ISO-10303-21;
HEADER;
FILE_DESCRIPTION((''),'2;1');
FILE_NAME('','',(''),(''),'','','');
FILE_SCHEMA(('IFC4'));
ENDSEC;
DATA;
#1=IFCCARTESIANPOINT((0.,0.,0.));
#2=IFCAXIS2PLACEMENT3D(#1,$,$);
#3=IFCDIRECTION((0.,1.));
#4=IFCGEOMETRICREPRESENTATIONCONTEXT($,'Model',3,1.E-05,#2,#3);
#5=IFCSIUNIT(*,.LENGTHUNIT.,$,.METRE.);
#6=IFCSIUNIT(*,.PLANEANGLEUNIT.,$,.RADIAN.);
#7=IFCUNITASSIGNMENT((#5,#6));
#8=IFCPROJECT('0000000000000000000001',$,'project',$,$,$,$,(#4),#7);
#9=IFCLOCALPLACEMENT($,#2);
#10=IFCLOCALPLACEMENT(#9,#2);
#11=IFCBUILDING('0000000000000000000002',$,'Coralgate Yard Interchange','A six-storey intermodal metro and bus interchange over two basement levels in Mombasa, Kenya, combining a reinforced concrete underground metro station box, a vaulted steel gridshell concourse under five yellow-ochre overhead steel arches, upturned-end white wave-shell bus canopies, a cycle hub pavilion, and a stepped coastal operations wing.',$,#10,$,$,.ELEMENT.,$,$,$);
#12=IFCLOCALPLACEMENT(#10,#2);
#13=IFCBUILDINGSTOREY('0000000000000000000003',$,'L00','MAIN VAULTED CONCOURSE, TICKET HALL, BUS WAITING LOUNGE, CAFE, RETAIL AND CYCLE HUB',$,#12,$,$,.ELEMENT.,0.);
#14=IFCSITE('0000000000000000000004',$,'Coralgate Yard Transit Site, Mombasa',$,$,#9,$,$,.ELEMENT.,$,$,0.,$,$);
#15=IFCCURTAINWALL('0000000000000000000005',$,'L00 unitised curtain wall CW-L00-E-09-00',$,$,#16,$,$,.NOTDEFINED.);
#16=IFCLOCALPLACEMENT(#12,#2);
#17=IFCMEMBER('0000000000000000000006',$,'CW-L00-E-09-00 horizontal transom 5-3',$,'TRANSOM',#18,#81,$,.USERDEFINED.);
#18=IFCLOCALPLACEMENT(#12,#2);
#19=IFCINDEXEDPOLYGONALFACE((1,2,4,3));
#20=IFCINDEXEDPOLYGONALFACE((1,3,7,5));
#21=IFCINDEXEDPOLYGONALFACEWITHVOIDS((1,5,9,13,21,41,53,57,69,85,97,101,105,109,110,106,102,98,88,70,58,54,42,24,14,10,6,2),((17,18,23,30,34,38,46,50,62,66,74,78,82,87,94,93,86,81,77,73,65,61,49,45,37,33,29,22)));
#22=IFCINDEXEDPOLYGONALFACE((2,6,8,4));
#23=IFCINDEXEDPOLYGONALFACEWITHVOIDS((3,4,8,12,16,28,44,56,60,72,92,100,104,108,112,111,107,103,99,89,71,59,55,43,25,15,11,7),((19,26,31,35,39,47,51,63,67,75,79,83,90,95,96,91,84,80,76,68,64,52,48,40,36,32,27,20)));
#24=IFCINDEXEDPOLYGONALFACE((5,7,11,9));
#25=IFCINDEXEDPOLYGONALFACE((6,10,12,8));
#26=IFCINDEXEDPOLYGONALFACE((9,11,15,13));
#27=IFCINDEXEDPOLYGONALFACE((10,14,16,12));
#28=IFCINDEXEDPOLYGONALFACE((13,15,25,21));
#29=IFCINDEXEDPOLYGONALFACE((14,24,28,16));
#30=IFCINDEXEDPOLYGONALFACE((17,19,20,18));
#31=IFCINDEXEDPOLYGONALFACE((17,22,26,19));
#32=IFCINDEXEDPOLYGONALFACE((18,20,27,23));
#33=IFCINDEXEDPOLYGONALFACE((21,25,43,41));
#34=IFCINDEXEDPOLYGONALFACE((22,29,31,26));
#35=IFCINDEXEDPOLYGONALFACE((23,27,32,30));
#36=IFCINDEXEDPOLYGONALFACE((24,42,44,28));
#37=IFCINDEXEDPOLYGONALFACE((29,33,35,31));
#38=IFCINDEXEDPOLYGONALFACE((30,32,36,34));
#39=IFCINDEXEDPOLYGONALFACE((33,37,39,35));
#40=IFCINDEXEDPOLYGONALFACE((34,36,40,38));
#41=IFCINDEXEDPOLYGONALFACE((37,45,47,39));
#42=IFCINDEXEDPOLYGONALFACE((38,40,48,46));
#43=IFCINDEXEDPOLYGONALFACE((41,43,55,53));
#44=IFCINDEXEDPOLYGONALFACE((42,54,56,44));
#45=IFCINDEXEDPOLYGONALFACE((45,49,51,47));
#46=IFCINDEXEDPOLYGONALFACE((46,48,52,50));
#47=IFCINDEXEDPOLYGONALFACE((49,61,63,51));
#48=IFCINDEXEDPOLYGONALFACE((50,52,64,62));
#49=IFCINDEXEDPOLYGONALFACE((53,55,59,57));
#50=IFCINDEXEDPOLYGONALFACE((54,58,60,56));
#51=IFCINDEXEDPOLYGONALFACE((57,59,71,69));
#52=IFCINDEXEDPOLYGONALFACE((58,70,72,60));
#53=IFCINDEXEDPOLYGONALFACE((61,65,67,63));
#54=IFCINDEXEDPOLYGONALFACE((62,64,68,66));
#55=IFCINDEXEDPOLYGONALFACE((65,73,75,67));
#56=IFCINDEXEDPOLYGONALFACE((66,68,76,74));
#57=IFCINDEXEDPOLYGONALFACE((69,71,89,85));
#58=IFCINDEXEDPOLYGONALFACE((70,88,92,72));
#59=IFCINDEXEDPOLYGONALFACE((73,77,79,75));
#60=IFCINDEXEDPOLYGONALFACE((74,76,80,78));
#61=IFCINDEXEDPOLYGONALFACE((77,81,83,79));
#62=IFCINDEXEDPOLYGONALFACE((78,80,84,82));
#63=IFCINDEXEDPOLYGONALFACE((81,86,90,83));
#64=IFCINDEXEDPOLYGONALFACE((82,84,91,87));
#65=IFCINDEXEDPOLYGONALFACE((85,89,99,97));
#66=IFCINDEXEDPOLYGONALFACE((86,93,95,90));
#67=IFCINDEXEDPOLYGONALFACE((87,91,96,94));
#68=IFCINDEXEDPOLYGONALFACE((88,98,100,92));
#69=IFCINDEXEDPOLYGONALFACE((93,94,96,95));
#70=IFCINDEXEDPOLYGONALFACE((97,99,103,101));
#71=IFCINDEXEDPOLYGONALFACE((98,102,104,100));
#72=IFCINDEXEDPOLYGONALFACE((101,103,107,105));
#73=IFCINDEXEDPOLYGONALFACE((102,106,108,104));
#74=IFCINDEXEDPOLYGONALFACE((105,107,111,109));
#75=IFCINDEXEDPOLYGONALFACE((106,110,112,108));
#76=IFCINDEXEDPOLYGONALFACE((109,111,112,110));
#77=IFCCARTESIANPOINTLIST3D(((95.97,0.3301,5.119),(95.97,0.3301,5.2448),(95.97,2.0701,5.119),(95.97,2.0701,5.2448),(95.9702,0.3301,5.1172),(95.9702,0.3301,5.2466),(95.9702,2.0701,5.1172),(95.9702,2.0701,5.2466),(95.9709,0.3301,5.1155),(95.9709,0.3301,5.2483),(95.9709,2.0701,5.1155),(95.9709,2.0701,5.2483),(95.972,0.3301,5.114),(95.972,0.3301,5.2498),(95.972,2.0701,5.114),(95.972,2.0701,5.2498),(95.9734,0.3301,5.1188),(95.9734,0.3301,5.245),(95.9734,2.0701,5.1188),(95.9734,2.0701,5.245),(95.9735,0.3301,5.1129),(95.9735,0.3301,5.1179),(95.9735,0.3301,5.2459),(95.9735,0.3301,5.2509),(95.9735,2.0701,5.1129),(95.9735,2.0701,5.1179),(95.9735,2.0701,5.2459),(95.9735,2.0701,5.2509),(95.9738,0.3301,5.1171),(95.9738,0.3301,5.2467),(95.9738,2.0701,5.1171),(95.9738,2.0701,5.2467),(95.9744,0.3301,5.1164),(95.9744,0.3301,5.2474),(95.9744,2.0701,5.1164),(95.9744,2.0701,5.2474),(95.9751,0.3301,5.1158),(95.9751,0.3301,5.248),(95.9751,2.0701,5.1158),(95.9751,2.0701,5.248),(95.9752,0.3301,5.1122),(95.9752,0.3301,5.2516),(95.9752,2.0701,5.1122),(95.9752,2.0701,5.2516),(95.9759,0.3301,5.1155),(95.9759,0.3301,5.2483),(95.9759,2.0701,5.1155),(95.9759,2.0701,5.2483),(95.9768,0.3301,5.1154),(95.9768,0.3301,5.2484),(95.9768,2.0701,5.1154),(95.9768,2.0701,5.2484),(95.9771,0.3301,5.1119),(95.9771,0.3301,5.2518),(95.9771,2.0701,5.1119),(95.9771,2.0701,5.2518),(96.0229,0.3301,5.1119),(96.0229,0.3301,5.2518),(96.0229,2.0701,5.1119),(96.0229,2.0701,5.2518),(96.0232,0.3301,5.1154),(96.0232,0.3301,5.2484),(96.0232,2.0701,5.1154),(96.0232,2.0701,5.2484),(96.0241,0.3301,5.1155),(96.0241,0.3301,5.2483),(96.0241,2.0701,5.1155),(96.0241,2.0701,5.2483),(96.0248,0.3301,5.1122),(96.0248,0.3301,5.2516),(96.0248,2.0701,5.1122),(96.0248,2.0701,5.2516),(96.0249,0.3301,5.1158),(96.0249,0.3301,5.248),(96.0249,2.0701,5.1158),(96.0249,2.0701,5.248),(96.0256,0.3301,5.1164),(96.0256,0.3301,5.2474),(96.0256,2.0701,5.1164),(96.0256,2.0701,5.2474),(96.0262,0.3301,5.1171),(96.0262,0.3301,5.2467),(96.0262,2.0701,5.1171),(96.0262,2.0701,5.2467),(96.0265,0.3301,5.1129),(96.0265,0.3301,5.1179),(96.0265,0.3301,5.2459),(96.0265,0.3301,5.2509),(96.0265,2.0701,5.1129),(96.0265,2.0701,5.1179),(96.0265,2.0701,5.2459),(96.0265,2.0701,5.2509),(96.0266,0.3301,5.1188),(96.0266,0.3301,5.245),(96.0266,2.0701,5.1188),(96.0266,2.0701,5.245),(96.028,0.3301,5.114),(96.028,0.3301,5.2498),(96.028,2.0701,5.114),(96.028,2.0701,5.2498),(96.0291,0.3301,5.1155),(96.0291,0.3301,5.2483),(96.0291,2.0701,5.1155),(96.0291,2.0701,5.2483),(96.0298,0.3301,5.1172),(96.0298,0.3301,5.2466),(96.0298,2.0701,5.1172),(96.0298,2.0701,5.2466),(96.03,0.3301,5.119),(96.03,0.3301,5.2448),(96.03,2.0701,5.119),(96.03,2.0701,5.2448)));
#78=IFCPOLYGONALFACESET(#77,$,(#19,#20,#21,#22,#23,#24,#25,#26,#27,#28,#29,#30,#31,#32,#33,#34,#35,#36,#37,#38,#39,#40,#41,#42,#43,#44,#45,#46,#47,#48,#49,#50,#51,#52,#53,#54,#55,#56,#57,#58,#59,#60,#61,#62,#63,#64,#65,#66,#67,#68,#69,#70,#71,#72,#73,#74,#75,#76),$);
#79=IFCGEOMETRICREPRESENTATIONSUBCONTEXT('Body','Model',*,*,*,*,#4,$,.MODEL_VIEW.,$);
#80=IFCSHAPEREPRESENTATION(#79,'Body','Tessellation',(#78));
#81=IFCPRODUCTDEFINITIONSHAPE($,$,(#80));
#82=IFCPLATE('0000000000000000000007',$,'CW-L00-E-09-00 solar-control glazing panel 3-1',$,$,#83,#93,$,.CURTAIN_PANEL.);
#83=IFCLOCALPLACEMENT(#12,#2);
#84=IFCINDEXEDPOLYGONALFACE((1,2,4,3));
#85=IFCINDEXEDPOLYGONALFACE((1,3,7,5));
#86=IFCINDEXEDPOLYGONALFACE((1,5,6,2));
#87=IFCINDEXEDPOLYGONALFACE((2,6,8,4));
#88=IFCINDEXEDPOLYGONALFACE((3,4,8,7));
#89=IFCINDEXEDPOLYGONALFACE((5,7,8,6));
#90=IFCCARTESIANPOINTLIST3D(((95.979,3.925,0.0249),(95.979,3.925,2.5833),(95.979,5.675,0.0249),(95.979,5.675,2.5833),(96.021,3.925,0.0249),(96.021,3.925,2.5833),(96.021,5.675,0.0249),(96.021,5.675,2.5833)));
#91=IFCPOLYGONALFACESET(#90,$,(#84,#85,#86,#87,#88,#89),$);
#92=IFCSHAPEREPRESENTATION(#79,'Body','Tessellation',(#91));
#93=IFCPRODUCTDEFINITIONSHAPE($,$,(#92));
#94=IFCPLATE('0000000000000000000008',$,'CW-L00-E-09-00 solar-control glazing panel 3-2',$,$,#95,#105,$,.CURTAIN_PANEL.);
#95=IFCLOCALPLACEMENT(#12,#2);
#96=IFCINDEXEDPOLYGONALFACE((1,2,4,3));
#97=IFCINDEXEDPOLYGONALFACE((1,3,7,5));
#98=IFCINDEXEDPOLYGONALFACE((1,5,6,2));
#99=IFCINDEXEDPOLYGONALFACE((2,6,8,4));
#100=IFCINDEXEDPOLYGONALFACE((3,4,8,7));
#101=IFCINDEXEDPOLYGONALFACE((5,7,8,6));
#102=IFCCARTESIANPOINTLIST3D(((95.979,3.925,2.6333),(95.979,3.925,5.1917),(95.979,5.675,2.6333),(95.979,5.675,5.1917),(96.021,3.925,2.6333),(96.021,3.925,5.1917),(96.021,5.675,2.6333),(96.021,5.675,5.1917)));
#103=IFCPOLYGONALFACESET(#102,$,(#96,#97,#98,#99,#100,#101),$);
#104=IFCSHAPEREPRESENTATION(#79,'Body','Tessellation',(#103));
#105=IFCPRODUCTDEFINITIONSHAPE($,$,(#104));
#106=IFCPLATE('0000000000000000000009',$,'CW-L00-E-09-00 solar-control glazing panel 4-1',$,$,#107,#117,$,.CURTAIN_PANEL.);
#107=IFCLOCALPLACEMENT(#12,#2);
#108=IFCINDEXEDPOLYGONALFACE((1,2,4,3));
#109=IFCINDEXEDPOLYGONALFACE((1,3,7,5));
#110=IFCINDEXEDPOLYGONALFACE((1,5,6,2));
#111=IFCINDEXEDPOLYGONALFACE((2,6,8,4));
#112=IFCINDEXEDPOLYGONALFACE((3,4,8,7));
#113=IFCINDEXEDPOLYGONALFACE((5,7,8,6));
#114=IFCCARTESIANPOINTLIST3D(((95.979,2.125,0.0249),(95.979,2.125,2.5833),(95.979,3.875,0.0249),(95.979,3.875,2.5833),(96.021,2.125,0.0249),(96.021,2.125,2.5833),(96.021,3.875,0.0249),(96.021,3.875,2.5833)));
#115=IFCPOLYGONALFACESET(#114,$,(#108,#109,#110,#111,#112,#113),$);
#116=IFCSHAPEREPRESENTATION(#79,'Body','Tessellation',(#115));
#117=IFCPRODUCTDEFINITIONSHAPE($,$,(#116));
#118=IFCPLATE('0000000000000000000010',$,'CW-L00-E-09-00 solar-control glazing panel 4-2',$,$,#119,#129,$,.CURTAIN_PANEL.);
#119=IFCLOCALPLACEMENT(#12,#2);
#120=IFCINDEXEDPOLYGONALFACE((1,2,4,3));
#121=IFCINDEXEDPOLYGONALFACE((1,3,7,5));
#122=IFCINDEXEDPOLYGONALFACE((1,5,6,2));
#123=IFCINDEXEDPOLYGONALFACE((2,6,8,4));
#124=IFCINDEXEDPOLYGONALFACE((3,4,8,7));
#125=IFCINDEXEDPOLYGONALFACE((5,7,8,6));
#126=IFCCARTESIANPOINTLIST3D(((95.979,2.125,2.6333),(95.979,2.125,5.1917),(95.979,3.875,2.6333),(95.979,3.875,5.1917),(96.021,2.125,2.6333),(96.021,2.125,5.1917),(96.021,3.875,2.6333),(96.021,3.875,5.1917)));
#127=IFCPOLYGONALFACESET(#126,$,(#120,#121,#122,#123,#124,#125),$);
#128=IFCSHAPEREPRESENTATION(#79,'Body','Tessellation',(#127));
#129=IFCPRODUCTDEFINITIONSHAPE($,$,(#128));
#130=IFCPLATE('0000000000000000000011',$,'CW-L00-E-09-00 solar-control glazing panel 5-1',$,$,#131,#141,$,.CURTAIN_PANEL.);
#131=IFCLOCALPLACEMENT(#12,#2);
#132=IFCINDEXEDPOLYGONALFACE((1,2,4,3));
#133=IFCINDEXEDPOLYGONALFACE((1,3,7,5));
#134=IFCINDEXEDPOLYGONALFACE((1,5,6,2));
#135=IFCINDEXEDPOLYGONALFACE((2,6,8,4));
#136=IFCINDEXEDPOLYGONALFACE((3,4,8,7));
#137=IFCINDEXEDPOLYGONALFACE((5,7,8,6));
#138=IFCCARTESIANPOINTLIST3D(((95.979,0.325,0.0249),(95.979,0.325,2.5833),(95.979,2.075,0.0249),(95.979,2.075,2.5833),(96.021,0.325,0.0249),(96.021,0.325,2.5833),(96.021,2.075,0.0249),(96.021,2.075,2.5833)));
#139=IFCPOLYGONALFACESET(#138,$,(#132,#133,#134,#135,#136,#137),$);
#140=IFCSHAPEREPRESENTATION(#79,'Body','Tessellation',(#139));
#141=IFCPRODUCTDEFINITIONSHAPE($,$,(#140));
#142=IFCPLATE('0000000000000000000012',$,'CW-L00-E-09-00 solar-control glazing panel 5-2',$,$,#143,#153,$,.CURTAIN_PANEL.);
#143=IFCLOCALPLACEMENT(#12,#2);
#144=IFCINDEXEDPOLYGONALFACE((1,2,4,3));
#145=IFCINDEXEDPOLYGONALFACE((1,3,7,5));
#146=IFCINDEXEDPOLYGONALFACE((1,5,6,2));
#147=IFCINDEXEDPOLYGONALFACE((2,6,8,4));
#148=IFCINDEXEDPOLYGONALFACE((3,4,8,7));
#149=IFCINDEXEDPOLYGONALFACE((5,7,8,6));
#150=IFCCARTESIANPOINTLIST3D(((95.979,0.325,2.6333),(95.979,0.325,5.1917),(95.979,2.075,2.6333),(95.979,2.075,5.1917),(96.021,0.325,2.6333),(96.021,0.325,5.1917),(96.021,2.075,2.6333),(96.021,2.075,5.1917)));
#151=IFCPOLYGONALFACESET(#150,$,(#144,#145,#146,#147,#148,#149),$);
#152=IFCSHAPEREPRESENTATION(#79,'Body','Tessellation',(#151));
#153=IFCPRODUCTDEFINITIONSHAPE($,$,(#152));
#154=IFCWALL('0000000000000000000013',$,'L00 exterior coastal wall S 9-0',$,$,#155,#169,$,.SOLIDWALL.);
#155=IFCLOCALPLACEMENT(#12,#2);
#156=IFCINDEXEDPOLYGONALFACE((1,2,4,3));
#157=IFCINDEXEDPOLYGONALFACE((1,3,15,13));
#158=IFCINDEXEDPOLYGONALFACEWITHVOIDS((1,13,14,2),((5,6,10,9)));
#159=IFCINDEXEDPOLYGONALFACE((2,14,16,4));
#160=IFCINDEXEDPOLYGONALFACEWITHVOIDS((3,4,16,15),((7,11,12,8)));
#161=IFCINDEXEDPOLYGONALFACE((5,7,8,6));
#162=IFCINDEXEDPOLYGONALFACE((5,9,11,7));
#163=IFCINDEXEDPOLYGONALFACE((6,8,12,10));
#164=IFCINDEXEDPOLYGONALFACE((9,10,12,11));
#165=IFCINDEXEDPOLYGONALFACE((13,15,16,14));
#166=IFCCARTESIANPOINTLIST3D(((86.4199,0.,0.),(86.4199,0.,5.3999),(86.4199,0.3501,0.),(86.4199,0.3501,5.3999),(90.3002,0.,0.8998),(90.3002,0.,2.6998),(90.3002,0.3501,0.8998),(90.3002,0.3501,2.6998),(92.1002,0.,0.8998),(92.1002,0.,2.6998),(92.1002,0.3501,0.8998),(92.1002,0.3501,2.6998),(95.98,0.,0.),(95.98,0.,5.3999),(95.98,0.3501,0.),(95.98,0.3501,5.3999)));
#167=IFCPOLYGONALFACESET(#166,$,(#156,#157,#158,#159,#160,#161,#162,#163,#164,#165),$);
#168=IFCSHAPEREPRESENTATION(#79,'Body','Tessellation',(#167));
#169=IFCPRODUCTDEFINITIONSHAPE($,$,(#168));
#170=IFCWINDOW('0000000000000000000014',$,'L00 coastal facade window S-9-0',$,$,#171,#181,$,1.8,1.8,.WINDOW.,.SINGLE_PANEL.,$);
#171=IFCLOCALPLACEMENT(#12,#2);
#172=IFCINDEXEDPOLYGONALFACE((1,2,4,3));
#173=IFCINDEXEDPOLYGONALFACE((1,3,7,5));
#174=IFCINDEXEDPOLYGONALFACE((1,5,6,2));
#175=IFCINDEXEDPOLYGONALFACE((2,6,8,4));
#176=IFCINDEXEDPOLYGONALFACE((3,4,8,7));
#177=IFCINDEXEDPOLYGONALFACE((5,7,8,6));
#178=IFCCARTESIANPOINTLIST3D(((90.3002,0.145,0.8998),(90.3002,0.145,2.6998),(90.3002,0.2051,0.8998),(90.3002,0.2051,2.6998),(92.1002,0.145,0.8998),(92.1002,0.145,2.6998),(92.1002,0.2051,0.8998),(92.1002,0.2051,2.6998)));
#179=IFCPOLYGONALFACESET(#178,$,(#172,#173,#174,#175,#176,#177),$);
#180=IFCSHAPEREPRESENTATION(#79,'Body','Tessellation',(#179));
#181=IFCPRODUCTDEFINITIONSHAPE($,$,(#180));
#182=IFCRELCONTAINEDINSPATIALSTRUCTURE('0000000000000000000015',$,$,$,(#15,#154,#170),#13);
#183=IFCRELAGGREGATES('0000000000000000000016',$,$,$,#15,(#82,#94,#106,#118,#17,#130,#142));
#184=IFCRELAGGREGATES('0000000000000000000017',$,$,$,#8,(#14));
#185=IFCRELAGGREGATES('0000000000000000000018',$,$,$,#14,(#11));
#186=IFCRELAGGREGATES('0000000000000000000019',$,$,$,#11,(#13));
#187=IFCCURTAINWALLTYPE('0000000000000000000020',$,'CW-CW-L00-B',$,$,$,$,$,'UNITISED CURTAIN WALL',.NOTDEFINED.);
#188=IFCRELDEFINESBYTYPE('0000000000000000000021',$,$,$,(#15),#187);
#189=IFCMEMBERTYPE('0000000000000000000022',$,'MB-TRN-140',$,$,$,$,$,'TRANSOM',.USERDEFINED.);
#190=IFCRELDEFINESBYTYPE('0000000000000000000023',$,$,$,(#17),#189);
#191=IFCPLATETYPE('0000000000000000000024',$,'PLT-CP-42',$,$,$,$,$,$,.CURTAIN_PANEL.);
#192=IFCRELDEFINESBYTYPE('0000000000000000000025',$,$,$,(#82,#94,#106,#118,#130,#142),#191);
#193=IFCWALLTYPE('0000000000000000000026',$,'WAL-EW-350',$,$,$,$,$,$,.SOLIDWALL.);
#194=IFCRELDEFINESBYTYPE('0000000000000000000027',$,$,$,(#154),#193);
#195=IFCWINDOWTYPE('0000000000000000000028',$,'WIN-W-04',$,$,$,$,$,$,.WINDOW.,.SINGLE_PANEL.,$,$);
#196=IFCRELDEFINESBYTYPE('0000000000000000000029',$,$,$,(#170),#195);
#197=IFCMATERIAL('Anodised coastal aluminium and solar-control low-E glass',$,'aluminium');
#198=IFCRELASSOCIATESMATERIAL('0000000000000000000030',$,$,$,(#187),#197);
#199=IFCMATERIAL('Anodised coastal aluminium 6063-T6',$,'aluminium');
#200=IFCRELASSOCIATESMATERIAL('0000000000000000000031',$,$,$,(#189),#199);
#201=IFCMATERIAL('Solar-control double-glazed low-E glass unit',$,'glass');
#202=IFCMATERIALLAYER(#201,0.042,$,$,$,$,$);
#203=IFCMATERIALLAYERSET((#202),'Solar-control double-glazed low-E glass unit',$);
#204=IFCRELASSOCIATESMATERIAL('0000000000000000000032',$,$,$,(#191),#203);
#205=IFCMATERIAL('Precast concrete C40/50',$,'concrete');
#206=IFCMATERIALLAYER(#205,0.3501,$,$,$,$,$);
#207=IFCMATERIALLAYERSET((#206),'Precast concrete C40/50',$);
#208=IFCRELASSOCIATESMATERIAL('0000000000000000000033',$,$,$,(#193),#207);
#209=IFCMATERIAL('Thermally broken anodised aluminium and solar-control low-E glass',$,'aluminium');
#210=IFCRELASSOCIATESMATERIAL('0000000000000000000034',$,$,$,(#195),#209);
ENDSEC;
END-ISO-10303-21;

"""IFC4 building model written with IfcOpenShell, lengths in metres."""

from ifc_helpers import new_model, si_unit, direction, frame, frame_2d, origin, origin_2d, place, context, subcontext, project, spatial, rectangle, hollow_rectangle, extrude, material, layer, layer_set, material_profile, profile_set, type_object, element, fill, aggregate, save


model = new_model("IFC4")

# Units and contexts
model_context = context("Model", 3, precision=1e-05, world=origin(), true_north=direction((0.0, 1.0)))
body_context = subcontext(model_context, "Body", "Model", "MODEL_VIEW")
ifc_project = project(units=[si_unit("LENGTHUNIT", "METRE"), si_unit("PLANEANGLEUNIT", "RADIAN")], contexts=[model_context])

# Site, building, storey
site_placement = place(None, origin())
site = spatial("IfcSite", under=ifc_project, at=site_placement, Name="Coralgate Yard Transit Site, Mombasa", CompositionType="ELEMENT", RefElevation=0.0)
building_placement = place(site_placement, origin())
building = spatial("IfcBuilding", under=site, at=building_placement, Name="Coralgate Yard Interchange", Description="A six-storey intermodal metro and bus interchange over two basement levels in Mombasa, Kenya, combining a reinforced concrete underground metro station box, a vaulted steel gridshell concourse under five yellow-ochre overhead steel arches, upturned-end white wave-shell bus canopies, a cycle hub pavilion, and a stepped coastal operations wing.", CompositionType="ELEMENT")
storey_placement = place(building_placement, origin())
storey = spatial("IfcBuildingStorey", under=building, at=storey_placement, Name="L00", Description="MAIN VAULTED CONCOURSE, TICKET HALL, BUS WAITING LOUNGE, CAFE, RETAIL AND CYCLE HUB", CompositionType="ELEMENT", Elevation=0.0)

# Curtain wall, member, plates
ifc_material_1 = material(Name="Anodised coastal aluminium and solar-control low-E glass", Category="aluminium")
curtain_wall_type = type_object("IfcCurtainWallType", Name="CW-CW-L00-B", ElementType="UNITISED CURTAIN WALL", PredefinedType="NOTDEFINED", material=ifc_material_1)
curtain_wall_placement = place(storey_placement, origin())
curtain_wall = element("IfcCurtainWall", 1, at=curtain_wall_placement, inside=storey, type_object=curtain_wall_type, Name="L00 unitised curtain wall CW-L00-E-09-00", PredefinedType="NOTDEFINED")
ifc_material_2 = material(Name="Anodised coastal aluminium 6063-T6", Category="aluminium")
ifc_material_profile_1 = material_profile(ifc_material_2, hollow_rectangle(XDim=0.0601, YDim=0.1399, WallThickness=0.0034, InnerFilletRadius=0.0034, OuterFilletRadius=0.0071, at=origin_2d()), Name="ALU 60x140x3.5")
ifc_profile_set_1 = profile_set([ifc_material_profile_1], Name="Anodised coastal aluminium 6063-T6")
member_type_1 = type_object("IfcMemberType", Name="MB-TRN-140", ElementType="TRANSOM", PredefinedType="USERDEFINED", material=ifc_profile_set_1)
member_1_placement = place(storey_placement, frame((96.0, 2.0701, 5.1819), z_axis=(0.0, -1.0, 0.0), x_axis=(1.0, 0.0, 0.0)))
member_1 = element("IfcMember", 2, at=member_1_placement, type_object=member_type_1, Name="CW-L00-E-09-00 horizontal transom 5-3", ObjectType="TRANSOM", PredefinedType="USERDEFINED", context=body_context, shape_type="SweptSolid", body=[
    extrude(hollow_rectangle(XDim=0.0601, YDim=0.1399, WallThickness=0.0034, InnerFilletRadius=0.0034, OuterFilletRadius=0.0071, at=origin_2d()), origin(), (0.0, 0.0, 1.0), 1.74),
])
ifc_material_3 = material(Name="Solar-control double-glazed low-E glass unit", Category="glass")
ifc_layer_1 = layer(ifc_material_3, 0.042)
ifc_layer_set_1 = layer_set([ifc_layer_1], Name="Solar-control double-glazed low-E glass unit")
plate_type = type_object("IfcPlateType", Name="PLT-CP-42", PredefinedType="CURTAIN_PANEL", material=ifc_layer_set_1)
plate_1_placement = place(storey_placement, frame((96.0, 4.8, 0.0249), z_axis=(0.0, 0.0, 1.0), x_axis=(0.0, -1.0, 0.0)))
plate_1 = element("IfcPlate", 3, at=plate_1_placement, type_object=plate_type, Name="CW-L00-E-09-00 solar-control glazing panel 3-1", PredefinedType="CURTAIN_PANEL", context=body_context, shape_type="SweptSolid", body=[
    extrude(rectangle(XDim=1.75, YDim=0.042, at=origin_2d()), origin(), (0.0, 0.0, 1.0), 2.5583),
])
plate_2_placement = place(storey_placement, frame((96.0, 4.8, 2.6333), z_axis=(0.0, 0.0, 1.0), x_axis=(0.0, -1.0, 0.0)))
plate_2 = element("IfcPlate", 4, at=plate_2_placement, type_object=plate_type, Name="CW-L00-E-09-00 solar-control glazing panel 3-2", PredefinedType="CURTAIN_PANEL", context=body_context, shape_type="SweptSolid", body=[
    extrude(rectangle(XDim=1.75, YDim=0.042, at=origin_2d()), origin(), (0.0, 0.0, 1.0), 2.5583),
])
plate_3_placement = place(storey_placement, frame((96.0, 3.0, 0.0249), z_axis=(0.0, 0.0, 1.0), x_axis=(0.0, -1.0, 0.0)))
plate_3 = element("IfcPlate", 5, at=plate_3_placement, type_object=plate_type, Name="CW-L00-E-09-00 solar-control glazing panel 4-1", PredefinedType="CURTAIN_PANEL", context=body_context, shape_type="SweptSolid", body=[
    extrude(rectangle(XDim=1.75, YDim=0.042, at=origin_2d()), origin(), (0.0, 0.0, 1.0), 2.5583),
])
plate_4_placement = place(storey_placement, frame((96.0, 3.0, 2.6333), z_axis=(0.0, 0.0, 1.0), x_axis=(0.0, -1.0, 0.0)))
plate_4 = element("IfcPlate", 6, at=plate_4_placement, type_object=plate_type, Name="CW-L00-E-09-00 solar-control glazing panel 4-2", PredefinedType="CURTAIN_PANEL", context=body_context, shape_type="SweptSolid", body=[
    extrude(rectangle(XDim=1.75, YDim=0.042, at=origin_2d()), origin(), (0.0, 0.0, 1.0), 2.5583),
])
plate_5_placement = place(storey_placement, frame((96.0, 1.2, 0.0249), z_axis=(0.0, 0.0, 1.0), x_axis=(0.0, -1.0, 0.0)))
plate_5 = element("IfcPlate", 7, at=plate_5_placement, type_object=plate_type, Name="CW-L00-E-09-00 solar-control glazing panel 5-1", PredefinedType="CURTAIN_PANEL", context=body_context, shape_type="SweptSolid", body=[
    extrude(rectangle(XDim=1.75, YDim=0.042, at=origin_2d()), origin(), (0.0, 0.0, 1.0), 2.5583),
])
plate_6_placement = place(storey_placement, frame((96.0, 1.2, 2.6333), z_axis=(0.0, 0.0, 1.0), x_axis=(0.0, -1.0, 0.0)))
plate_6 = element("IfcPlate", 8, at=plate_6_placement, type_object=plate_type, Name="CW-L00-E-09-00 solar-control glazing panel 5-2", PredefinedType="CURTAIN_PANEL", context=body_context, shape_type="SweptSolid", body=[
    extrude(rectangle(XDim=1.75, YDim=0.042, at=origin_2d()), origin(), (0.0, 0.0, 1.0), 2.5583),
])
aggregate(curtain_wall, [plate_1, plate_2, plate_3, plate_4, member_1, plate_5, plate_6])

# Wall, opening, window
ifc_material_4 = material(Name="Precast concrete C40/50", Category="concrete")
ifc_layer_2 = layer(ifc_material_4, 0.3501)
ifc_layer_set_2 = layer_set([ifc_layer_2], Name="Precast concrete C40/50")
wall_type_1 = type_object("IfcWallType", Name="WAL-EW-350", PredefinedType="SOLIDWALL", material=ifc_layer_set_2)
wall_1_placement = place(storey_placement, frame((95.98, 0.175, 0.0), z_axis=(0.0, 0.0, 1.0), x_axis=(-1.0, 0.0, 0.0)))
wall_1 = element("IfcWall", 9, at=wall_1_placement, inside=storey, type_object=wall_type_1, Name="L00 exterior coastal wall S 9-0", PredefinedType="SOLIDWALL", context=body_context, shape_type="SweptSolid", body=[
    extrude(rectangle(XDim=9.5601, YDim=0.3501, at=frame_2d((4.78, 0.0))), origin(), (0.0, 0.0, 1.0), 5.3999),
])
opening_placement = place(wall_1_placement, frame((3.8799, 0.0, 0.8999)))
opening = element("IfcOpeningElement", 10, at=opening_placement, cuts=wall_1, PredefinedType="OPENING", context=body_context, shape_type="SweptSolid", body=[
    extrude(rectangle(XDim=1.8, YDim=1.8, at=frame_2d((0.8999, 0.8999))), frame((0.0, 0.1851, 0.0), z_axis=(0.0, -1.0, 0.0), x_axis=(1.0, 0.0, 0.0)), (0.0, 0.0, 1.0), 0.3701),
])
ifc_material_5 = material(Name="Thermally broken anodised aluminium and solar-control low-E glass", Category="aluminium")
window_type = type_object("IfcWindowType", Name="WIN-W-04", PartitioningType="SINGLE_PANEL", PredefinedType="WINDOW", material=ifc_material_5)
window_placement = place(opening_placement, origin())
window = element("IfcWindow", 11, at=window_placement, inside=storey, type_object=window_type, Name="L00 coastal facade window S-9-0", OverallHeight=1.8, OverallWidth=1.8, PartitioningType="SINGLE_PANEL", PredefinedType="WINDOW", context=body_context, shape_type="SweptSolid", body=[
    extrude(rectangle(XDim=1.8, YDim=1.8, at=frame_2d((0.8999, 0.8999))), frame((0.0, 0.03, 0.0), z_axis=(0.0, -1.0, 0.0), x_axis=(1.0, 0.0, 0.0)), (0.0, 0.0, 1.0), 0.0601),
])
fill(opening, window)

save(model, "model.ifc")
